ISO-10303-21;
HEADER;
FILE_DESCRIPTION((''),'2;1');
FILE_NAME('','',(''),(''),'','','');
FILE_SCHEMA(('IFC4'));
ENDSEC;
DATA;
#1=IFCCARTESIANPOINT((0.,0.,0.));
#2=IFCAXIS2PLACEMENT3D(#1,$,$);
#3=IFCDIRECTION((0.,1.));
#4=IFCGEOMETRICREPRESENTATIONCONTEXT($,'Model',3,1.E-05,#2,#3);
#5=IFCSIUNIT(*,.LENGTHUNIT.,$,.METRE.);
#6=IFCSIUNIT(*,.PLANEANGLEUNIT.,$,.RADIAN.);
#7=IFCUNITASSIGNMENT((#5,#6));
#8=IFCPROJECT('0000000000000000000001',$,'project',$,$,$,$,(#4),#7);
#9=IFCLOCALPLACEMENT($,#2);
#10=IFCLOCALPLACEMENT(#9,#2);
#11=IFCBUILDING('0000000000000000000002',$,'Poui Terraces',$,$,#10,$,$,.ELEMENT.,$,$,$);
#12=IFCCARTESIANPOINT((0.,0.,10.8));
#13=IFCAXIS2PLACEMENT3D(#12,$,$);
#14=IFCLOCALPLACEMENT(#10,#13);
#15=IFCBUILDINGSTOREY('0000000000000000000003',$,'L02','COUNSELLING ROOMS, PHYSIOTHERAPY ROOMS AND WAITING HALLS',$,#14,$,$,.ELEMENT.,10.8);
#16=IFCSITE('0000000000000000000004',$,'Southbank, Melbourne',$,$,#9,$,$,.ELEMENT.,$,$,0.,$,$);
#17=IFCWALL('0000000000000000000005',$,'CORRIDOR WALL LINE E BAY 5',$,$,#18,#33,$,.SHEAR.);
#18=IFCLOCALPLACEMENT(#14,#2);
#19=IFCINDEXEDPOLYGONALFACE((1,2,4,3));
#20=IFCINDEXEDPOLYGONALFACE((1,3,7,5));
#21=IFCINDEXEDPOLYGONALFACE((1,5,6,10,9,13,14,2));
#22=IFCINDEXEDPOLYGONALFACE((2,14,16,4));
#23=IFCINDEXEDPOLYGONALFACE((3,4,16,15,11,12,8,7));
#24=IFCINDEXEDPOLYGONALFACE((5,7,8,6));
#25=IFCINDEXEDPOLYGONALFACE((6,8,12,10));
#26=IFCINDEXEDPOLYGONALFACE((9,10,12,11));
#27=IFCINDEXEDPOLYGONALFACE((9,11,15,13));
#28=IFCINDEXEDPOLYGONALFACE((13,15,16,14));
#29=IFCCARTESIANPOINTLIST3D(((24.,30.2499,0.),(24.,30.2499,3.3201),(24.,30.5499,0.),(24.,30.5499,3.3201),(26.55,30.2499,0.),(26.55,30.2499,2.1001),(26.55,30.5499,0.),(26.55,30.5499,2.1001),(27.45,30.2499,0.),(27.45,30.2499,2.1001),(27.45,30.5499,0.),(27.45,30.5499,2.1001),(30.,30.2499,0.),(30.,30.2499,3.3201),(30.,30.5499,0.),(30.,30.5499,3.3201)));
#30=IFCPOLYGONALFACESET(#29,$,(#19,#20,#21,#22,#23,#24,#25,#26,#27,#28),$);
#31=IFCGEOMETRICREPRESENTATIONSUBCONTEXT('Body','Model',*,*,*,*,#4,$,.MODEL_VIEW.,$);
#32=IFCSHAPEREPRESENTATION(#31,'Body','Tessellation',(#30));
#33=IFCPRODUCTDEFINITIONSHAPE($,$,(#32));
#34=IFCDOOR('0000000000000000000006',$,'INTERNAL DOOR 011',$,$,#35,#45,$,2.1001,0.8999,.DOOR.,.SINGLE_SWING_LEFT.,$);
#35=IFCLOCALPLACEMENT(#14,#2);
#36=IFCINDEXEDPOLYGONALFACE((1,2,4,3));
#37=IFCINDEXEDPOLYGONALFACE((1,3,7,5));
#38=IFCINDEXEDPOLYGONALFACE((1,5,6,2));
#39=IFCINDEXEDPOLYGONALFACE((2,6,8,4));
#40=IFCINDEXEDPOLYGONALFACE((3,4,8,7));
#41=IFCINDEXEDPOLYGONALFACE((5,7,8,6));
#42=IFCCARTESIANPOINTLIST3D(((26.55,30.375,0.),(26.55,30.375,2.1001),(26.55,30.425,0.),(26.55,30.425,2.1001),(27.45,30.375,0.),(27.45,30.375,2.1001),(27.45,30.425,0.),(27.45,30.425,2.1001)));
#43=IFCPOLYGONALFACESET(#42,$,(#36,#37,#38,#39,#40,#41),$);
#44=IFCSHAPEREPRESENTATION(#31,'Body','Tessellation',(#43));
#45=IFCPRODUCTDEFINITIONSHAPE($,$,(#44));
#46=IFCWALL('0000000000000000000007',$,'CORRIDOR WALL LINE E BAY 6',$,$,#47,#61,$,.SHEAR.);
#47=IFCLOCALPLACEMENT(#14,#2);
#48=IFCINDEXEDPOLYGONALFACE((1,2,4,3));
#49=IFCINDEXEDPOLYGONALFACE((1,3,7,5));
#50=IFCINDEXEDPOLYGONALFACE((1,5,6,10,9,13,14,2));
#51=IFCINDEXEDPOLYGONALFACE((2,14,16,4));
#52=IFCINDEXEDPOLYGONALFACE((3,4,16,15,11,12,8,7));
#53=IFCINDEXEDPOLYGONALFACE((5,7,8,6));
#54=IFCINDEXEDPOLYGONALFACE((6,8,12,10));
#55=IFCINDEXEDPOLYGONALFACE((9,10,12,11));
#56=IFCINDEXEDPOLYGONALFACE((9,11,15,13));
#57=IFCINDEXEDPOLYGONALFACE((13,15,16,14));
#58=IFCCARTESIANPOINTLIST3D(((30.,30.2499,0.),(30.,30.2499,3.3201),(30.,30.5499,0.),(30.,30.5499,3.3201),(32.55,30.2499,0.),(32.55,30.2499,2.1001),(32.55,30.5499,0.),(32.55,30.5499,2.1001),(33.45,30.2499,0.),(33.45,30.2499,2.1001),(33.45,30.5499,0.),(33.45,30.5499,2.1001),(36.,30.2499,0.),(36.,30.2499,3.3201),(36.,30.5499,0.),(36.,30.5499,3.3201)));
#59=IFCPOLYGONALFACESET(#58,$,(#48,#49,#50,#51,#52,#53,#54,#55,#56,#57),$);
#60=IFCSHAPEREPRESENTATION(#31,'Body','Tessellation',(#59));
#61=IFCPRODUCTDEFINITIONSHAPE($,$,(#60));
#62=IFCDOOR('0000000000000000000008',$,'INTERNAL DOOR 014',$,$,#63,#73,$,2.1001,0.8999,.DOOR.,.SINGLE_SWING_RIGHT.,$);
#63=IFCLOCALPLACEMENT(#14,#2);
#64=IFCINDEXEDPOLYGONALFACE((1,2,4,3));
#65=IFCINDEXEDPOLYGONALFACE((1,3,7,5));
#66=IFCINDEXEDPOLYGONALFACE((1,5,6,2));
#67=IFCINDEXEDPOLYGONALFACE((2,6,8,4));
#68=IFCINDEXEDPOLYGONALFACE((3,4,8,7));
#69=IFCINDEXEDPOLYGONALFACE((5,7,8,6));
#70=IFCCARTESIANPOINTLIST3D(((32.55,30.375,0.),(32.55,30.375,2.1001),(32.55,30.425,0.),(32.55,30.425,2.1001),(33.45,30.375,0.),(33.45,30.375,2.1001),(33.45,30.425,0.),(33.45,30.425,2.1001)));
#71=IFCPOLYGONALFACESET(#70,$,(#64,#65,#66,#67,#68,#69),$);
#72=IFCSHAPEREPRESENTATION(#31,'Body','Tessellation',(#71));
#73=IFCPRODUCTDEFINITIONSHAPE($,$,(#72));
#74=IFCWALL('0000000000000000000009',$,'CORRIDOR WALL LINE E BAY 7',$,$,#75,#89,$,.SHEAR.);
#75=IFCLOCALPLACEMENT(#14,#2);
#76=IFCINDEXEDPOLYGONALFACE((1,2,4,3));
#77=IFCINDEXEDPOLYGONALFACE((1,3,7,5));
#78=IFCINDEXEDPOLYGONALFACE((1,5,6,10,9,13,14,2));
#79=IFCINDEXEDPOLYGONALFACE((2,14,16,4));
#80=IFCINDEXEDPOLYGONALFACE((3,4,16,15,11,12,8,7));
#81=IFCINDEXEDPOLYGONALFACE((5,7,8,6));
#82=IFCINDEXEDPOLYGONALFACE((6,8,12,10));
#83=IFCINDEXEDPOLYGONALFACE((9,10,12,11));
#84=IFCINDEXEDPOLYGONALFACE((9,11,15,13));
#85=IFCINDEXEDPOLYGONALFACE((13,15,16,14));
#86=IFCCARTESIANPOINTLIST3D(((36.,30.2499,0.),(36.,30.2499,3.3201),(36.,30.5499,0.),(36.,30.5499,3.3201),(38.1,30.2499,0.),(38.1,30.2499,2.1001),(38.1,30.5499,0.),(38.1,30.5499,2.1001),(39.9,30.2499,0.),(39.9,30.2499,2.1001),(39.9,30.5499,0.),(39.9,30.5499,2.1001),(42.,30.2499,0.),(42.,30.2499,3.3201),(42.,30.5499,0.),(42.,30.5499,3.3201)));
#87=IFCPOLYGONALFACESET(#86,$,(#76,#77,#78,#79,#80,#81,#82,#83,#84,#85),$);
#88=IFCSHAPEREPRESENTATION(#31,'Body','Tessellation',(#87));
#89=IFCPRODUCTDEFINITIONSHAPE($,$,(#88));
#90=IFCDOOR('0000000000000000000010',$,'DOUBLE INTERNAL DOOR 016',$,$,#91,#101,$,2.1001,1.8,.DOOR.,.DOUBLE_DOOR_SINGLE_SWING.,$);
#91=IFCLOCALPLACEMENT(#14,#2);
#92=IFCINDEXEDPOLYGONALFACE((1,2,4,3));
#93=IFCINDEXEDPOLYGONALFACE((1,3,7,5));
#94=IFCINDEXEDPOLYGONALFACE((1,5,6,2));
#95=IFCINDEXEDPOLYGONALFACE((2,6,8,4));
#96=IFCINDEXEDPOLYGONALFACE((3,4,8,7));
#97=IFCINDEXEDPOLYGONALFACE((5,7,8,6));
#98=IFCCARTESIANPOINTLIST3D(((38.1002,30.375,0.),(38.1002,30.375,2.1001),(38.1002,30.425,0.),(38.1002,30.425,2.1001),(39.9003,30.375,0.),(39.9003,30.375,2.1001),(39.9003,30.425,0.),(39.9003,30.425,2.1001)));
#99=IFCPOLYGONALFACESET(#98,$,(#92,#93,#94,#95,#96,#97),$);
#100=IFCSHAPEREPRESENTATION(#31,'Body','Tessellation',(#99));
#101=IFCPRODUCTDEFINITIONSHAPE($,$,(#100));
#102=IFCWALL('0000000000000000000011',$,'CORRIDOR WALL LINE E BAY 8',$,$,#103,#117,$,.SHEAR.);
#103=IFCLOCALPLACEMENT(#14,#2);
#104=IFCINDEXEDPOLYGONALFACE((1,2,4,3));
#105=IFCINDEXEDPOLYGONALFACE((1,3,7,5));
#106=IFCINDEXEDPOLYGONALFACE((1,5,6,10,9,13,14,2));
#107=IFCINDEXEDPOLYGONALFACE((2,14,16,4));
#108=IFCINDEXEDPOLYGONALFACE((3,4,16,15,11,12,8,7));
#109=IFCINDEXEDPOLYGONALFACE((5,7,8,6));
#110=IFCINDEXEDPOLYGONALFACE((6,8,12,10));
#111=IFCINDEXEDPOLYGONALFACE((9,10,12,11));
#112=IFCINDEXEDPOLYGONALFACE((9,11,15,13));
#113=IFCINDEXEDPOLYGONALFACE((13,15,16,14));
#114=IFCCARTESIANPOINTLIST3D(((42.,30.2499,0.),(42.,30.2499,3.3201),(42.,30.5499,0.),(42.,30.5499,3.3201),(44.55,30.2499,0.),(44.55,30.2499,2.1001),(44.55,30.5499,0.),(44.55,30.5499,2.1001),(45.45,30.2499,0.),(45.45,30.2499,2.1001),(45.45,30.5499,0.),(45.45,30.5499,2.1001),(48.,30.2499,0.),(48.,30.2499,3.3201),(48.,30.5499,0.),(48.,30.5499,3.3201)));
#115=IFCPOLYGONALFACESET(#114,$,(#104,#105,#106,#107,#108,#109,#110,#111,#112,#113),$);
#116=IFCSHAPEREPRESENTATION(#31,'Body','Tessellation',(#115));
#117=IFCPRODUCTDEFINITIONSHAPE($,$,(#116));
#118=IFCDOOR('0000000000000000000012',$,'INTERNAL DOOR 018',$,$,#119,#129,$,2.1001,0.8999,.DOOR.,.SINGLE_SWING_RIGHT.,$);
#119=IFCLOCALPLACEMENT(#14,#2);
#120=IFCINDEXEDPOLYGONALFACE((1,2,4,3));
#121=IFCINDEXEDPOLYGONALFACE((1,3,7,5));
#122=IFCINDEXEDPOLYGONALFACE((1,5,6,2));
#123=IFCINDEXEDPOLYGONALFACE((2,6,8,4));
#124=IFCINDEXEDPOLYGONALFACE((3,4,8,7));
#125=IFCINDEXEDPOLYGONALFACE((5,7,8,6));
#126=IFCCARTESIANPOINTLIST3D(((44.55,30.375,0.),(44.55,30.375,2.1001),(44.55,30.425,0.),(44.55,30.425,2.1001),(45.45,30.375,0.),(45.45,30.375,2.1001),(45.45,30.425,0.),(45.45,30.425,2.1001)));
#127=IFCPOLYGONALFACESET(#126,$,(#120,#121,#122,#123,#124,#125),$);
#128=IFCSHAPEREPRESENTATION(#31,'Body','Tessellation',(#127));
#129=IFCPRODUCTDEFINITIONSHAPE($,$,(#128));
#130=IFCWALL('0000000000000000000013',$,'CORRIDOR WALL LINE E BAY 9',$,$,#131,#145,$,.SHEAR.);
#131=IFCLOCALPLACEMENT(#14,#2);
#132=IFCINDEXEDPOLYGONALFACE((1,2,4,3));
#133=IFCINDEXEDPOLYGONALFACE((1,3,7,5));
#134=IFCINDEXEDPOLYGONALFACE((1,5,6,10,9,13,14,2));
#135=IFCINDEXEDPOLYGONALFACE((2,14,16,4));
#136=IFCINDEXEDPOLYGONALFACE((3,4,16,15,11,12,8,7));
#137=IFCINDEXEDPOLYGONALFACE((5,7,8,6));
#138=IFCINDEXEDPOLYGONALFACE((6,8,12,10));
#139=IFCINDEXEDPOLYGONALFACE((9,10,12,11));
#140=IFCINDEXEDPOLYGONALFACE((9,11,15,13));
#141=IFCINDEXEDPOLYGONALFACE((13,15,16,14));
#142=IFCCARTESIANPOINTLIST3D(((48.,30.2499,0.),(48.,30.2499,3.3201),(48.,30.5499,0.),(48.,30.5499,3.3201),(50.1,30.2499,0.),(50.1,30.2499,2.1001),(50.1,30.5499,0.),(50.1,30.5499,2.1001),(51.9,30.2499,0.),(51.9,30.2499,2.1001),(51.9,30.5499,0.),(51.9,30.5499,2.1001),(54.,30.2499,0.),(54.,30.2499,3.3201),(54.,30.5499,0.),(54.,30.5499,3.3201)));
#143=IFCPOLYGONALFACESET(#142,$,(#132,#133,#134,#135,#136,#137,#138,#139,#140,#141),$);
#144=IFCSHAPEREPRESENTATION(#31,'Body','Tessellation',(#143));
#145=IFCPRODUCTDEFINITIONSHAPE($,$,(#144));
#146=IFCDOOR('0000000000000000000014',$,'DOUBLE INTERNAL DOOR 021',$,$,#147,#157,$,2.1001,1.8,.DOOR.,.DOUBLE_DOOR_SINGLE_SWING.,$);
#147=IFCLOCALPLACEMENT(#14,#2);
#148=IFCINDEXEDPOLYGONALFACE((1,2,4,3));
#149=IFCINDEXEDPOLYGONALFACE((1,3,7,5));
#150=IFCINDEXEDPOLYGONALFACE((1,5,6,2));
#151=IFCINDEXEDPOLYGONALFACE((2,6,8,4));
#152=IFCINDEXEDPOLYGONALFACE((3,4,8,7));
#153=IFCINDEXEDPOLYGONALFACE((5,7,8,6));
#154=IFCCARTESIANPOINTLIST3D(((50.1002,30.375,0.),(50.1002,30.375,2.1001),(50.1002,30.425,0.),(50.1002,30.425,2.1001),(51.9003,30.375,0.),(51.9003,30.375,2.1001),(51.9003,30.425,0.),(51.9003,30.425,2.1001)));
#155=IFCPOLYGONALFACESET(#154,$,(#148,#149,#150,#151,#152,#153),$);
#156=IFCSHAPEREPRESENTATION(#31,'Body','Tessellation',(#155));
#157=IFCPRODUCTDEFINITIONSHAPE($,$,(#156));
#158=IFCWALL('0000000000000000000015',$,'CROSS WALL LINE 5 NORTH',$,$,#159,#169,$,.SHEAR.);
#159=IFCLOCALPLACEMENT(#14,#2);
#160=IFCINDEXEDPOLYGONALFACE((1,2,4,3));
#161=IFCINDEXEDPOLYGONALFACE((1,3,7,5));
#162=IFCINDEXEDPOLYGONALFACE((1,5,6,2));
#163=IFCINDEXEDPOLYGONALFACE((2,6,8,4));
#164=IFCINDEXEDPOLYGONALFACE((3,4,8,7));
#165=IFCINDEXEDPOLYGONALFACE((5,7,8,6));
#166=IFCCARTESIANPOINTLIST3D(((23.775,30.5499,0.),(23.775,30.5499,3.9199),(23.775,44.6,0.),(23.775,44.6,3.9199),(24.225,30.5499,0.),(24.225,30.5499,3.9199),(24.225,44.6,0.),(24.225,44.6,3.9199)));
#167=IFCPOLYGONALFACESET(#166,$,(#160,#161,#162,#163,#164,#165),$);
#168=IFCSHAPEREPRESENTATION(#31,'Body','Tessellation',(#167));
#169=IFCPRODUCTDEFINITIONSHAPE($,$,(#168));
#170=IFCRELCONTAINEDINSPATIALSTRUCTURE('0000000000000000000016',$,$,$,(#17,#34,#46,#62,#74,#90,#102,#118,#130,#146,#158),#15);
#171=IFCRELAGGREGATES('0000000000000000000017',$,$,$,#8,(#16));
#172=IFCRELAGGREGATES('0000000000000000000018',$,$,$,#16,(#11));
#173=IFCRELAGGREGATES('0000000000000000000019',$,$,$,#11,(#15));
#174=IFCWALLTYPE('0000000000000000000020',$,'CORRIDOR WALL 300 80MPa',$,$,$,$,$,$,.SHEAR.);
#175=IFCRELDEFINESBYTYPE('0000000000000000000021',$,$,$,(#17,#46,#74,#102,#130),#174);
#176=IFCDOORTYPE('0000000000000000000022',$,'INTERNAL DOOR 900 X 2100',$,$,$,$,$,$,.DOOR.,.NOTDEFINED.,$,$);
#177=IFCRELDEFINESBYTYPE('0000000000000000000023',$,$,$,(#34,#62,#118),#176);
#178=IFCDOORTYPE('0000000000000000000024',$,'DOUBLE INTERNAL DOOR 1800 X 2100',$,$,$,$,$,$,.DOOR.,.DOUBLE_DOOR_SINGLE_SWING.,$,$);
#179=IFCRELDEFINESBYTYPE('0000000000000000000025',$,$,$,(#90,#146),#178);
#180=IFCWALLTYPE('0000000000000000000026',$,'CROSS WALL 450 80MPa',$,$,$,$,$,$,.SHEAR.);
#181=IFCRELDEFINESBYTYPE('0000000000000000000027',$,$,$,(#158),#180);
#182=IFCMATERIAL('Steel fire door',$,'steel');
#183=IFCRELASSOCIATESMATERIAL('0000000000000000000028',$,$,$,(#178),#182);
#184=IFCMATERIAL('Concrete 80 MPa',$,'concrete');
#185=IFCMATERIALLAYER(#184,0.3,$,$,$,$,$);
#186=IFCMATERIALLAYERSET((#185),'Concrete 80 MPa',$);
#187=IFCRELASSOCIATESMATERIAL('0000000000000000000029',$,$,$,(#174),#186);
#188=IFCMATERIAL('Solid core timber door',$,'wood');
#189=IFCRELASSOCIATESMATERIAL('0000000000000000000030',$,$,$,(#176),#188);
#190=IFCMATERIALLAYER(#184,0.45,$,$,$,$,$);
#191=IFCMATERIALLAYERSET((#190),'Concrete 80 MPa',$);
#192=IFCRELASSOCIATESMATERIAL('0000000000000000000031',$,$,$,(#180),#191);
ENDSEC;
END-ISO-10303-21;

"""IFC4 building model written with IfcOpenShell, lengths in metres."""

from ifc_helpers import new_model, si_unit, direction, frame, frame_2d, origin, place, context, subcontext, project, spatial, rectangle, extrude, material, layer, layer_set, type_object, element, fill, save


model = new_model("IFC4")

# Units and contexts
model_context = context("Model", 3, precision=1e-05, world=origin(), true_north=direction((0.0, 1.0)))
body_context = subcontext(model_context, "Body", "Model", "MODEL_VIEW")
ifc_project = project(units=[si_unit("LENGTHUNIT", "METRE"), si_unit("PLANEANGLEUNIT", "RADIAN")], contexts=[model_context])

# Site, building, storey
site_placement = place(None, origin())
site = spatial("IfcSite", under=ifc_project, at=site_placement, Name="Southbank, Melbourne", CompositionType="ELEMENT", RefElevation=0.0)
building_placement = place(site_placement, origin())
building = spatial("IfcBuilding", under=site, at=building_placement, Name="Poui Terraces", CompositionType="ELEMENT")
storey_placement = place(building_placement, frame((0.0, 0.0, 10.8)))
storey = spatial("IfcBuildingStorey", under=building, at=storey_placement, Name="L02", Description="COUNSELLING ROOMS, PHYSIOTHERAPY ROOMS AND WAITING HALLS", CompositionType="ELEMENT", Elevation=10.8)

# Shared definitions
ifc_material_1 = material(Name="Concrete 80 MPa", Category="concrete")

# Walls, openings, doors
ifc_material_2 = material(Name="Steel fire door", Category="steel")
door_type_1 = type_object("IfcDoorType", Name="DOUBLE INTERNAL DOOR 1800 X 2100", OperationType="DOUBLE_DOOR_SINGLE_SWING", PredefinedType="DOOR", material=ifc_material_2)
ifc_layer_1 = layer(ifc_material_1, 0.3)
ifc_layer_set_1 = layer_set([ifc_layer_1], Name="Concrete 80 MPa")
wall_type_1 = type_object("IfcWallType", Name="CORRIDOR WALL 300 80MPa", PredefinedType="SHEAR", material=ifc_layer_set_1)
wall_1_placement = place(storey_placement, frame((24.0, 30.3999, 0.0), z_axis=(0.0, 0.0, 1.0), x_axis=(1.0, 0.0, 0.0)))
wall_1 = element("IfcWall", 1, at=wall_1_placement, inside=storey, type_object=wall_type_1, Name="CORRIDOR WALL LINE E BAY 5", PredefinedType="SHEAR", context=body_context, shape_type="SweptSolid", body=[
    extrude(rectangle(XDim=6.0, YDim=0.3, at=frame_2d((3.0, 0.0))), origin(), (0.0, 0.0, 1.0), 3.3201),
])
opening_1_placement = place(wall_1_placement, frame((2.55, 0.0, 0.0)))
opening_1 = element("IfcOpeningElement", 2, at=opening_1_placement, cuts=wall_1, PredefinedType="OPENING", context=body_context, shape_type="SweptSolid", body=[
    extrude(rectangle(XDim=0.8999, YDim=2.1001, at=frame_2d((0.45, 1.05))), frame((0.0, 0.1602, 0.0), z_axis=(0.0, -1.0, 0.0), x_axis=(1.0, 0.0, 0.0)), (0.0, 0.0, 1.0), 0.3201),
])
ifc_material_3 = material(Name="Solid core timber door", Category="wood")
door_type_2 = type_object("IfcDoorType", Name="INTERNAL DOOR 900 X 2100", OperationType="NOTDEFINED", PredefinedType="DOOR", material=ifc_material_3)
door_1_placement = place(opening_1_placement, frame((0.8999, 0.0, 0.0), z_axis=(0.0, 0.0, 1.0), x_axis=(-1.0, 0.0, 0.0)))
door_1 = element("IfcDoor", 3, at=door_1_placement, inside=storey, type_object=door_type_2, Name="INTERNAL DOOR 011", OperationType="SINGLE_SWING_LEFT", OverallHeight=2.1001, OverallWidth=0.8999, PredefinedType="DOOR", context=body_context, shape_type="SweptSolid", body=[
    extrude(rectangle(XDim=0.8999, YDim=2.1001, at=frame_2d((0.45, 1.05))), frame((0.0, 0.0249, 0.0), z_axis=(0.0, -1.0, 0.0), x_axis=(1.0, 0.0, 0.0)), (0.0, 0.0, 1.0), 0.05),
])
fill(opening_1, door_1)
wall_2_placement = place(storey_placement, frame((30.0, 30.3999, 0.0), z_axis=(0.0, 0.0, 1.0), x_axis=(1.0, 0.0, 0.0)))
wall_2 = element("IfcWall", 4, at=wall_2_placement, inside=storey, type_object=wall_type_1, Name="CORRIDOR WALL LINE E BAY 6", PredefinedType="SHEAR", context=body_context, shape_type="SweptSolid", body=[
    extrude(rectangle(XDim=6.0, YDim=0.3, at=frame_2d((3.0, 0.0))), origin(), (0.0, 0.0, 1.0), 3.3201),
])
opening_2_placement = place(wall_2_placement, frame((2.55, 0.0, 0.0)))
opening_2 = element("IfcOpeningElement", 5, at=opening_2_placement, cuts=wall_2, PredefinedType="OPENING", context=body_context, shape_type="SweptSolid", body=[
    extrude(rectangle(XDim=0.8999, YDim=2.1001, at=frame_2d((0.45, 1.05))), frame((0.0, 0.1602, 0.0), z_axis=(0.0, -1.0, 0.0), x_axis=(1.0, 0.0, 0.0)), (0.0, 0.0, 1.0), 0.3201),
])
door_2_placement = place(opening_2_placement, frame((0.8999, 0.0, 0.0), z_axis=(0.0, 0.0, 1.0), x_axis=(-1.0, 0.0, 0.0)))
door_2 = element("IfcDoor", 6, at=door_2_placement, inside=storey, type_object=door_type_2, Name="INTERNAL DOOR 014", OperationType="SINGLE_SWING_RIGHT", OverallHeight=2.1001, OverallWidth=0.8999, PredefinedType="DOOR", context=body_context, shape_type="SweptSolid", body=[
    extrude(rectangle(XDim=0.8999, YDim=2.1001, at=frame_2d((0.45, 1.05))), frame((0.0, 0.0249, 0.0), z_axis=(0.0, -1.0, 0.0), x_axis=(1.0, 0.0, 0.0)), (0.0, 0.0, 1.0), 0.05),
])
fill(opening_2, door_2)
wall_3_placement = place(storey_placement, frame((36.0, 30.3999, 0.0), z_axis=(0.0, 0.0, 1.0), x_axis=(1.0, 0.0, 0.0)))
wall_3 = element("IfcWall", 7, at=wall_3_placement, inside=storey, type_object=wall_type_1, Name="CORRIDOR WALL LINE E BAY 7", PredefinedType="SHEAR", context=body_context, shape_type="SweptSolid", body=[
    extrude(rectangle(XDim=6.0, YDim=0.3, at=frame_2d((3.0, 0.0))), origin(), (0.0, 0.0, 1.0), 3.3201),
])
opening_3_placement = place(wall_3_placement, frame((2.1001, 0.0, 0.0)))
opening_3 = element("IfcOpeningElement", 8, at=opening_3_placement, cuts=wall_3, PredefinedType="OPENING", context=body_context, shape_type="SweptSolid", body=[
    extrude(rectangle(XDim=1.8, YDim=2.1001, at=frame_2d((0.8999, 1.05))), frame((0.0, 0.1602, 0.0), z_axis=(0.0, -1.0, 0.0), x_axis=(1.0, 0.0, 0.0)), (0.0, 0.0, 1.0), 0.3201),
])
door_3_placement = place(opening_3_placement, frame((1.8, 0.0, 0.0), z_axis=(0.0, 0.0, 1.0), x_axis=(-1.0, 0.0, 0.0)))
door_3 = element("IfcDoor", 9, at=door_3_placement, inside=storey, type_object=door_type_1, Name="DOUBLE INTERNAL DOOR 016", OperationType="DOUBLE_DOOR_SINGLE_SWING", OverallHeight=2.1001, OverallWidth=1.8, PredefinedType="DOOR", context=body_context, shape_type="SweptSolid", body=[
    extrude(rectangle(XDim=1.8, YDim=2.1001, at=frame_2d((0.8999, 1.05))), frame((0.0, 0.0249, 0.0), z_axis=(0.0, -1.0, 0.0), x_axis=(1.0, 0.0, 0.0)), (0.0, 0.0, 1.0), 0.05),
])
fill(opening_3, door_3)
wall_4_placement = place(storey_placement, frame((42.0, 30.3999, 0.0), z_axis=(0.0, 0.0, 1.0), x_axis=(1.0, 0.0, 0.0)))
wall_4 = element("IfcWall", 10, at=wall_4_placement, inside=storey, type_object=wall_type_1, Name="CORRIDOR WALL LINE E BAY 8", PredefinedType="SHEAR", context=body_context, shape_type="SweptSolid", body=[
    extrude(rectangle(XDim=6.0, YDim=0.3, at=frame_2d((3.0, 0.0))), origin(), (0.0, 0.0, 1.0), 3.3201),
])
opening_4_placement = place(wall_4_placement, frame((2.55, 0.0, 0.0)))
opening_4 = element("IfcOpeningElement", 11, at=opening_4_placement, cuts=wall_4, PredefinedType="OPENING", context=body_context, shape_type="SweptSolid", body=[
    extrude(rectangle(XDim=0.8999, YDim=2.1001, at=frame_2d((0.45, 1.05))), frame((0.0, 0.1602, 0.0), z_axis=(0.0, -1.0, 0.0), x_axis=(1.0, 0.0, 0.0)), (0.0, 0.0, 1.0), 0.3201),
])
door_4_placement = place(opening_4_placement, frame((0.8999, 0.0, 0.0), z_axis=(0.0, 0.0, 1.0), x_axis=(-1.0, 0.0, 0.0)))
door_4 = element("IfcDoor", 12, at=door_4_placement, inside=storey, type_object=door_type_2, Name="INTERNAL DOOR 018", OperationType="SINGLE_SWING_RIGHT", OverallHeight=2.1001, OverallWidth=0.8999, PredefinedType="DOOR", context=body_context, shape_type="SweptSolid", body=[
    extrude(rectangle(XDim=0.8999, YDim=2.1001, at=frame_2d((0.45, 1.05))), frame((0.0, 0.0249, 0.0), z_axis=(0.0, -1.0, 0.0), x_axis=(1.0, 0.0, 0.0)), (0.0, 0.0, 1.0), 0.05),
])
fill(opening_4, door_4)
wall_5_placement = place(storey_placement, frame((48.0, 30.3999, 0.0), z_axis=(0.0, 0.0, 1.0), x_axis=(1.0, 0.0, 0.0)))
wall_5 = element("IfcWall", 13, at=wall_5_placement, inside=storey, type_object=wall_type_1, Name="CORRIDOR WALL LINE E BAY 9", PredefinedType="SHEAR", context=body_context, shape_type="SweptSolid", body=[
    extrude(rectangle(XDim=6.0, YDim=0.3, at=frame_2d((3.0, 0.0))), origin(), (0.0, 0.0, 1.0), 3.3201),
])
opening_5_placement = place(wall_5_placement, frame((2.1001, 0.0, 0.0)))
opening_5 = element("IfcOpeningElement", 14, at=opening_5_placement, cuts=wall_5, PredefinedType="OPENING", context=body_context, shape_type="SweptSolid", body=[
    extrude(rectangle(XDim=1.8, YDim=2.1001, at=frame_2d((0.8999, 1.05))), frame((0.0, 0.1602, 0.0), z_axis=(0.0, -1.0, 0.0), x_axis=(1.0, 0.0, 0.0)), (0.0, 0.0, 1.0), 0.3201),
])
door_5_placement = place(opening_5_placement, frame((1.8, 0.0, 0.0), z_axis=(0.0, 0.0, 1.0), x_axis=(-1.0, 0.0, 0.0)))
door_5 = element("IfcDoor", 15, at=door_5_placement, inside=storey, type_object=door_type_1, Name="DOUBLE INTERNAL DOOR 021", OperationType="DOUBLE_DOOR_SINGLE_SWING", OverallHeight=2.1001, OverallWidth=1.8, PredefinedType="DOOR", context=body_context, shape_type="SweptSolid", body=[
    extrude(rectangle(XDim=1.8, YDim=2.1001, at=frame_2d((0.8999, 1.05))), frame((0.0, 0.0249, 0.0), z_axis=(0.0, -1.0, 0.0), x_axis=(1.0, 0.0, 0.0)), (0.0, 0.0, 1.0), 0.05),
])
fill(opening_5, door_5)

# Wall
ifc_layer_2 = layer(ifc_material_1, 0.45)
ifc_layer_set_2 = layer_set([ifc_layer_2], Name="Concrete 80 MPa")
wall_type_2 = type_object("IfcWallType", Name="CROSS WALL 450 80MPa", PredefinedType="SHEAR", material=ifc_layer_set_2)
for number, where, z_axis, x_axis, name in (
    (16, (24.0, 30.55, 0.0), (0.0, 0.0, 1.0), (0.0, 1.0, 0.0), "CROSS WALL LINE 5 NORTH"),
):
    element("IfcWall", number, at=place(storey_placement, frame(where, z_axis=z_axis, x_axis=x_axis)), inside=storey, type_object=wall_type_2, Name=name, PredefinedType="SHEAR", context=body_context, shape_type="SweptSolid", body=[
        extrude(rectangle(XDim=14.05, YDim=0.45, at=frame_2d((7.0249, 0.0))), origin(), (0.0, 0.0, 1.0), 3.9199),
    ])

save(model, "model.ifc")
